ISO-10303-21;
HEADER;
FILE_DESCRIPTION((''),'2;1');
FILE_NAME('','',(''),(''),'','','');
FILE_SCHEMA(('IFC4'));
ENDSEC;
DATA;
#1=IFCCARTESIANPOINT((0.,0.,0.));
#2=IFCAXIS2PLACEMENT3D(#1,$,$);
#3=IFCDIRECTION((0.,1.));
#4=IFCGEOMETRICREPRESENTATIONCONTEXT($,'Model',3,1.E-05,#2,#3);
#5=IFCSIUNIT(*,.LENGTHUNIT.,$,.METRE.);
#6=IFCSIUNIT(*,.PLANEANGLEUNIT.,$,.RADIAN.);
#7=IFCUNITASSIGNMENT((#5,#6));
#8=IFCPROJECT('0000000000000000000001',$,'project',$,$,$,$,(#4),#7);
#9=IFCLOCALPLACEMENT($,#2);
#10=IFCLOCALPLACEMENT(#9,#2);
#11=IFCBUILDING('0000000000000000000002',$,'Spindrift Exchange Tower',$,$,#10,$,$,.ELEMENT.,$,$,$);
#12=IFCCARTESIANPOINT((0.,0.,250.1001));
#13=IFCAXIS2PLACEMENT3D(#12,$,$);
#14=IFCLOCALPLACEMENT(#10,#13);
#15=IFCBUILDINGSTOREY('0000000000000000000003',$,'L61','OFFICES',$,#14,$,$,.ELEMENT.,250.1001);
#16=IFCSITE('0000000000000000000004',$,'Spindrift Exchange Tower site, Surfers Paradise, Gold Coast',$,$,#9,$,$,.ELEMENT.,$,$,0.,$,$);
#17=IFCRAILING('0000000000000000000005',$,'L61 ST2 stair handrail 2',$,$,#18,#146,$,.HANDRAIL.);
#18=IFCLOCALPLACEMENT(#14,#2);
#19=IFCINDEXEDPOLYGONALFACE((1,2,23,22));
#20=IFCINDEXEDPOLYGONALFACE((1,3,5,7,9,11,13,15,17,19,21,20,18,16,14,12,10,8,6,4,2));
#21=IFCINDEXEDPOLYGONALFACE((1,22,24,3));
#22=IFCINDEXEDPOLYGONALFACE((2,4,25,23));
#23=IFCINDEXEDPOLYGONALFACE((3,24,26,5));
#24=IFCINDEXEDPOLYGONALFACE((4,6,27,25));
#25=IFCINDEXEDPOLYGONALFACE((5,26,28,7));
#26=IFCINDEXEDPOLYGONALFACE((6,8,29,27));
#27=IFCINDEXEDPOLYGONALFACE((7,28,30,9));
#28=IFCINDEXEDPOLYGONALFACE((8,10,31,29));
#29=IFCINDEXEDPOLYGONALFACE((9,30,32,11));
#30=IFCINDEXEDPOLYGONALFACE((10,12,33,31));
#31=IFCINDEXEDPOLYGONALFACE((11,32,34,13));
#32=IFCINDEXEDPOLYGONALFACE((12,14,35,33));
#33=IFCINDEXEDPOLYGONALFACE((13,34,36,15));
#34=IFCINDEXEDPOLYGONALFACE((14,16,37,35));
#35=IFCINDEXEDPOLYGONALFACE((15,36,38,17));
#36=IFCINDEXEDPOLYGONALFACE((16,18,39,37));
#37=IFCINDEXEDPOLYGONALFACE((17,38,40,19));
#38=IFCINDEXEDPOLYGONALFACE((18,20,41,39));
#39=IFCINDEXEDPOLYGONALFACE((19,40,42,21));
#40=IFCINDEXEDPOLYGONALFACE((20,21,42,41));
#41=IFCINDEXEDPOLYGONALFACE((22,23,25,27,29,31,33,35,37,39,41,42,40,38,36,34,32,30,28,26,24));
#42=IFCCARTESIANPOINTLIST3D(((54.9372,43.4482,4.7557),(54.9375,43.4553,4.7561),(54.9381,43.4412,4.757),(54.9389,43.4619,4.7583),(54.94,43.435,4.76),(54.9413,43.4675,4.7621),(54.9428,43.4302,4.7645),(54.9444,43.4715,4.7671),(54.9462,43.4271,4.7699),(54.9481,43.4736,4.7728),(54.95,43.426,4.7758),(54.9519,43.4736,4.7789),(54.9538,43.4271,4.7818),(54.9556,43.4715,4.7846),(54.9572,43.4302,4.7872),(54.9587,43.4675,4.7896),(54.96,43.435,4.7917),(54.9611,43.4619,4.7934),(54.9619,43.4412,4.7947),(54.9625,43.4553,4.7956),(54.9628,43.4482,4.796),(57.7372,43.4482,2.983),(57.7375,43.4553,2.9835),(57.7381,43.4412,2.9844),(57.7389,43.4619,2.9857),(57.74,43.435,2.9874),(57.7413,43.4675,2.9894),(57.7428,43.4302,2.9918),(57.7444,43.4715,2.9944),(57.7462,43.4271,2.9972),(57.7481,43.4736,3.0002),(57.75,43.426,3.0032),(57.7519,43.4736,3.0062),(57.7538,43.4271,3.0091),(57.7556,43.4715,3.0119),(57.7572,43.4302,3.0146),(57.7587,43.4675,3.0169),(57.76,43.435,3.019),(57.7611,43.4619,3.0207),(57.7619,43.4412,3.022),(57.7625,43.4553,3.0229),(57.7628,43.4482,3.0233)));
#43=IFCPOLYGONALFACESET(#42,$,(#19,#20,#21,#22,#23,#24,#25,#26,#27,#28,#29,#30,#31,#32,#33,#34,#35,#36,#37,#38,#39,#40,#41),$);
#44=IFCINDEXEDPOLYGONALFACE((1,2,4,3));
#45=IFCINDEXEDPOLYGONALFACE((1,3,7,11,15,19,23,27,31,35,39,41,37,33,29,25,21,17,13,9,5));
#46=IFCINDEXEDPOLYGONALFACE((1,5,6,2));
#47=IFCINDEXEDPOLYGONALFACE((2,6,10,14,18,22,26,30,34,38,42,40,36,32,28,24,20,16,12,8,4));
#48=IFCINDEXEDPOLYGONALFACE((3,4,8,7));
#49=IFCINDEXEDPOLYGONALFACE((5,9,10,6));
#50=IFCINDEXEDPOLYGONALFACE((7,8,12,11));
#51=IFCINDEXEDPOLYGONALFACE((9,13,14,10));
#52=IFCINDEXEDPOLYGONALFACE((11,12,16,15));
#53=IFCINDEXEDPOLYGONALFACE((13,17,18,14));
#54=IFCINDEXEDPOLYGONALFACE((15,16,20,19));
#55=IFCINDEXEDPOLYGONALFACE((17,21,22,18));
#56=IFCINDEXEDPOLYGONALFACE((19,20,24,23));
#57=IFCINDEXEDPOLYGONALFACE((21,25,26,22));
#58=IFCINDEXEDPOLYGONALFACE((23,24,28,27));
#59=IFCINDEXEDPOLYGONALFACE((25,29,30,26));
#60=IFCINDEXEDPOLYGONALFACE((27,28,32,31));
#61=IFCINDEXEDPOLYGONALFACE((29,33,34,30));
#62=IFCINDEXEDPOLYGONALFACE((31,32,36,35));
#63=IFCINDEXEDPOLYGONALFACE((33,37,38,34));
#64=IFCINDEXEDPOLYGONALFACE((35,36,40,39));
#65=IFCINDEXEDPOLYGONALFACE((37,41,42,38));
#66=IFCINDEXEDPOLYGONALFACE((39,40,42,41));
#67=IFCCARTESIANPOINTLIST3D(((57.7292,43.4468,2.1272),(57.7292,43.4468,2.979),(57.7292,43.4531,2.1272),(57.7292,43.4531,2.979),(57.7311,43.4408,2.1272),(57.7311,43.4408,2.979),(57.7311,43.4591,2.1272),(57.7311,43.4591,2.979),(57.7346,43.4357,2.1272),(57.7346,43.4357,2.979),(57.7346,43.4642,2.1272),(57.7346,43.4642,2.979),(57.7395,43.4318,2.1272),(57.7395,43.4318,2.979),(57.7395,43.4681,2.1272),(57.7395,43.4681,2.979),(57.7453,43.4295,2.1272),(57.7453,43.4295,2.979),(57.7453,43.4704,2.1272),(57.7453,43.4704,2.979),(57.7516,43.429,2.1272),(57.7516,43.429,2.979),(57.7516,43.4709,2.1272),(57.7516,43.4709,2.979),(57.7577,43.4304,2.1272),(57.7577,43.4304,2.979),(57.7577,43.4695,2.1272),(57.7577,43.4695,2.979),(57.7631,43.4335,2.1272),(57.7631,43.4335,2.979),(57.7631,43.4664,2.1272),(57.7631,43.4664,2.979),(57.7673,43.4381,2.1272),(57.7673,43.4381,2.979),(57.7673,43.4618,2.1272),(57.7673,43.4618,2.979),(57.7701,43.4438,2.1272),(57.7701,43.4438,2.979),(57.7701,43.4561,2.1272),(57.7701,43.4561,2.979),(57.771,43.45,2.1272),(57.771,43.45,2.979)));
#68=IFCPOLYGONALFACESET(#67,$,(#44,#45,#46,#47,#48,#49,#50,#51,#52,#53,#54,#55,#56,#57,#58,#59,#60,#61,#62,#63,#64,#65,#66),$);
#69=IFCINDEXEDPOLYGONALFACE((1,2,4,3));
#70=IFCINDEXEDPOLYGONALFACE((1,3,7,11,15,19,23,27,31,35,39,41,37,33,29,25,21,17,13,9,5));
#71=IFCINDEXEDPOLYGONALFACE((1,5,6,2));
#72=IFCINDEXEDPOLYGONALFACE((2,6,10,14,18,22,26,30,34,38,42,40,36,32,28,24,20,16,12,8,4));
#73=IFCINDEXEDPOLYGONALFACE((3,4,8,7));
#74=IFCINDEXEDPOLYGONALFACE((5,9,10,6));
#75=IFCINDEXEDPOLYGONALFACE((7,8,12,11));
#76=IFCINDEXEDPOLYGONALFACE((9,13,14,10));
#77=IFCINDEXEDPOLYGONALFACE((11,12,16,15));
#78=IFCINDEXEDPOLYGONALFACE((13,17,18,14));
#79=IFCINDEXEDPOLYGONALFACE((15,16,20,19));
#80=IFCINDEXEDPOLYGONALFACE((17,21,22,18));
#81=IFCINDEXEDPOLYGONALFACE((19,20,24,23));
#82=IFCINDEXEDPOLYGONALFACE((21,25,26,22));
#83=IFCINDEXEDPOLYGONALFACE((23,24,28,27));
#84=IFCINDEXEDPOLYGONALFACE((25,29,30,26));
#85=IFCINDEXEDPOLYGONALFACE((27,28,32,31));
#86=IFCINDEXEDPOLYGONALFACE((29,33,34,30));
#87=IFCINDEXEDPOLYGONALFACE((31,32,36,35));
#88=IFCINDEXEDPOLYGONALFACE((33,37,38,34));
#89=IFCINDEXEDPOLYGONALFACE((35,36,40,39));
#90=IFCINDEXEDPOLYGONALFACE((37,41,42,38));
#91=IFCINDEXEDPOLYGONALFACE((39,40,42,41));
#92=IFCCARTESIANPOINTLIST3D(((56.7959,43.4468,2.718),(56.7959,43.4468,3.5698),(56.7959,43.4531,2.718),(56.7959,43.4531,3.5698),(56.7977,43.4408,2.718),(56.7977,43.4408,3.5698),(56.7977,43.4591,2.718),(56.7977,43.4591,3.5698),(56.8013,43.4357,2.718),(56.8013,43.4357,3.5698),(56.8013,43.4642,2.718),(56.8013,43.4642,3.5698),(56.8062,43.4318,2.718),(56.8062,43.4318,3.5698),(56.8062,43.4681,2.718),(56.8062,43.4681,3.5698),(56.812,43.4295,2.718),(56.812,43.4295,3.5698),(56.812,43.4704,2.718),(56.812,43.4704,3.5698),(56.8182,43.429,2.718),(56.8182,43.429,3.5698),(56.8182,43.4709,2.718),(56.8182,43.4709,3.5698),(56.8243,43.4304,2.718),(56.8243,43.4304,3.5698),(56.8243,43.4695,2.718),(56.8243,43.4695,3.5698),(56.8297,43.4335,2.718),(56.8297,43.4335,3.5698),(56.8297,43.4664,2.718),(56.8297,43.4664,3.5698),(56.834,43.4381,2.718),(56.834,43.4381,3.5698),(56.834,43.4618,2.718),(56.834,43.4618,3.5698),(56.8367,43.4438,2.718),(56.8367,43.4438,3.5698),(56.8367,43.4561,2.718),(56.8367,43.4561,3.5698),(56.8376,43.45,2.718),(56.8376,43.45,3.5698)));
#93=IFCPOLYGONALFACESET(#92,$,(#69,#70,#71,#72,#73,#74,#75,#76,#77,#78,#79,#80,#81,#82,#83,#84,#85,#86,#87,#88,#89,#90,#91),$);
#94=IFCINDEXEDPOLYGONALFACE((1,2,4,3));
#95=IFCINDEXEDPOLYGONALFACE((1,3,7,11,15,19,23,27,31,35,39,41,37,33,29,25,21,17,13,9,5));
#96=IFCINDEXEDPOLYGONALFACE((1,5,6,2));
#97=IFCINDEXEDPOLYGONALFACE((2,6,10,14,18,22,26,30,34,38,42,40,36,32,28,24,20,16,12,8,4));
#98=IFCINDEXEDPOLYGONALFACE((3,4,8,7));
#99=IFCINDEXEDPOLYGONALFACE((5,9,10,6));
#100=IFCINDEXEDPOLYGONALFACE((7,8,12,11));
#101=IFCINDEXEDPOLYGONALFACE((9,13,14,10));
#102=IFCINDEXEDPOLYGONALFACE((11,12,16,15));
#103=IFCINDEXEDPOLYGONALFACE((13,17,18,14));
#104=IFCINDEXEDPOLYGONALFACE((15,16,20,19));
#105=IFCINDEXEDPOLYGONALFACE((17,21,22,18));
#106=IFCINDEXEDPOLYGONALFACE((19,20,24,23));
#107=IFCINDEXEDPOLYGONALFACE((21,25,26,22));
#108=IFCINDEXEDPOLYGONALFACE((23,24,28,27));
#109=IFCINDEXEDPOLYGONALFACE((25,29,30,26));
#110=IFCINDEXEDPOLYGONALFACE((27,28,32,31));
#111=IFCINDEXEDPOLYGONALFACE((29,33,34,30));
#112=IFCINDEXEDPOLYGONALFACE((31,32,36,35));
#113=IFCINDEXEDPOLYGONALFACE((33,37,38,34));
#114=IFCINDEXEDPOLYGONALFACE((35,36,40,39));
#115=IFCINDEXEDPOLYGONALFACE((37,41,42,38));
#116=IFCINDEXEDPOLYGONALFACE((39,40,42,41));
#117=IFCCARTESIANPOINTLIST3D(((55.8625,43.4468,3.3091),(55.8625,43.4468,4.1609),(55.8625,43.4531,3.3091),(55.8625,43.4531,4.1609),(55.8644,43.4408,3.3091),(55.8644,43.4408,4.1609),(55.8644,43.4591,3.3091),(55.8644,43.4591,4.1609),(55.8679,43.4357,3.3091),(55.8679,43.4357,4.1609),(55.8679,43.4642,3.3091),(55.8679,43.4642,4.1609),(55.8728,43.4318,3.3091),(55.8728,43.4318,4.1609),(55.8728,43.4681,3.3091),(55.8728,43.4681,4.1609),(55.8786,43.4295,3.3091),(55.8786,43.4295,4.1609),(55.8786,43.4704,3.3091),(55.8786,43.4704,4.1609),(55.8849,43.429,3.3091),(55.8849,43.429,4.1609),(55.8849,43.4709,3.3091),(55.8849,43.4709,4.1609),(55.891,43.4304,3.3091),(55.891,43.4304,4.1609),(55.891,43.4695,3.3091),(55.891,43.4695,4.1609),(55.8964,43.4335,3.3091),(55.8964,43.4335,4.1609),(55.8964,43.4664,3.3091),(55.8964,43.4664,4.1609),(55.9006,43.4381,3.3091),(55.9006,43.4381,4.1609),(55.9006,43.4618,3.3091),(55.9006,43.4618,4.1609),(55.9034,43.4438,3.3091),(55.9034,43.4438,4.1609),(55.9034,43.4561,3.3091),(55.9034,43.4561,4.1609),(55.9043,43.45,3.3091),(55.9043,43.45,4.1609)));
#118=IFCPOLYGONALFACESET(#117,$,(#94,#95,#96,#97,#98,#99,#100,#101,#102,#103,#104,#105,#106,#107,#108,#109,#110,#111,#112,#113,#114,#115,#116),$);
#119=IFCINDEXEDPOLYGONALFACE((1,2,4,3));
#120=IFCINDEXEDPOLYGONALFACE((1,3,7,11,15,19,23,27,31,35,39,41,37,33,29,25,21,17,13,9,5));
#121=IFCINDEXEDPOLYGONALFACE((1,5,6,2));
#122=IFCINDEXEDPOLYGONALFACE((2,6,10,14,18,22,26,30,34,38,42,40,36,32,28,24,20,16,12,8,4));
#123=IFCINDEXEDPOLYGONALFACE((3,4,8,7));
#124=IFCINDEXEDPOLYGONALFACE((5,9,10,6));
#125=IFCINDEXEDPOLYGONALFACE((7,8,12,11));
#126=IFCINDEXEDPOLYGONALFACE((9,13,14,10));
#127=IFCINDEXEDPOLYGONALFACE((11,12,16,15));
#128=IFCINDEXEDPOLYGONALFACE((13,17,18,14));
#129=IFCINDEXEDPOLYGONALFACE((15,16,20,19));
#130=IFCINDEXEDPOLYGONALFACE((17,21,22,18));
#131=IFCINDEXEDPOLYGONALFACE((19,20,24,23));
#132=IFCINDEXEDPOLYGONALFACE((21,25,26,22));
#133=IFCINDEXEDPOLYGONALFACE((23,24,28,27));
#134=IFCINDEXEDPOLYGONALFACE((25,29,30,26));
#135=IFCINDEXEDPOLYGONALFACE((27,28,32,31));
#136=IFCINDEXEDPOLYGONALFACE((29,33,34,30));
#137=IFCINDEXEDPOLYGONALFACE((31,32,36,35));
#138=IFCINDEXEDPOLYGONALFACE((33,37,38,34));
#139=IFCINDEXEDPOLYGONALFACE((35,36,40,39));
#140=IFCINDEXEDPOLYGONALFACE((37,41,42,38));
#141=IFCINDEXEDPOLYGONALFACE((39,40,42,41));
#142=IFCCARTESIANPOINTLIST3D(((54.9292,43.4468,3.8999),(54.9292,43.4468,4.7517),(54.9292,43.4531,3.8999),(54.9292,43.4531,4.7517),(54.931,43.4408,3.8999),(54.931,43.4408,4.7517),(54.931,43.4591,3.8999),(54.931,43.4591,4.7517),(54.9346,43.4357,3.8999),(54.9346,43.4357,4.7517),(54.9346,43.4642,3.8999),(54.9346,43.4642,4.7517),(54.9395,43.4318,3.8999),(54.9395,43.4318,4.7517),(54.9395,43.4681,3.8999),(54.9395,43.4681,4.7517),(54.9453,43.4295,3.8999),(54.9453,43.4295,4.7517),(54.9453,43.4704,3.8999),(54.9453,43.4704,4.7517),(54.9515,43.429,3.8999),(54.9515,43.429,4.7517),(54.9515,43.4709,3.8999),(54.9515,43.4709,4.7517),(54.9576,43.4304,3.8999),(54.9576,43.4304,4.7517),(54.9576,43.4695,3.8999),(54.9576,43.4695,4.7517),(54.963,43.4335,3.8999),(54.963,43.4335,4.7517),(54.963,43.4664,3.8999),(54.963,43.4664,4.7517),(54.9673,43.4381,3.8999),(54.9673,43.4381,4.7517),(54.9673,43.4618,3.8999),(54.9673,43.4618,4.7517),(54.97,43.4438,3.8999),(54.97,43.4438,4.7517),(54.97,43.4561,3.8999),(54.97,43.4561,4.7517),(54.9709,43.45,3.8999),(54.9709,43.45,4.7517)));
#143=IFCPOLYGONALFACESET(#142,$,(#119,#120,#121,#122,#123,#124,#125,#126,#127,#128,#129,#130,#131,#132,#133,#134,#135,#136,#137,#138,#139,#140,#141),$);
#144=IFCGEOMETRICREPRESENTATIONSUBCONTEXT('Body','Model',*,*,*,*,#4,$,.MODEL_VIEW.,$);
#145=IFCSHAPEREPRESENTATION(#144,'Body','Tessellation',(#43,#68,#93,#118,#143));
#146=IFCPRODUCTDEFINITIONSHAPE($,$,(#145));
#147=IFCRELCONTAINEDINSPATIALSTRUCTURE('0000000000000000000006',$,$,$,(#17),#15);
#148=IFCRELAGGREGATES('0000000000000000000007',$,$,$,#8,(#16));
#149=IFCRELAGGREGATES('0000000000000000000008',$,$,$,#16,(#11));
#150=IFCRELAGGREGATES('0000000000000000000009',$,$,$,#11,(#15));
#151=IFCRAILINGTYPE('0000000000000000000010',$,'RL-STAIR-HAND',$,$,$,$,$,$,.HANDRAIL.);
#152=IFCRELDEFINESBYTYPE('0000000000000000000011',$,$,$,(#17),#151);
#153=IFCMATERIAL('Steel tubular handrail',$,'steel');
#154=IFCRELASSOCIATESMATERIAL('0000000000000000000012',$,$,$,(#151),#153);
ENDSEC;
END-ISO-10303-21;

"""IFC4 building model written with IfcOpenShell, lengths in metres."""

from ifc_helpers import new_model, si_unit, direction, frame, origin, origin_2d, place, context, subcontext, project, spatial, circle, extrude, material, type_object, element, save


model = new_model("IFC4")

# Units and contexts
model_context = context("Model", 3, precision=1e-05, world=origin(), true_north=direction((0.0, 1.0)))
body_context = subcontext(model_context, "Body", "Model", "MODEL_VIEW")
ifc_project = project(units=[si_unit("LENGTHUNIT", "METRE"), si_unit("PLANEANGLEUNIT", "RADIAN")], contexts=[model_context])

# Site, building, storey
site_placement = place(None, origin())
site = spatial("IfcSite", under=ifc_project, at=site_placement, Name="Spindrift Exchange Tower site, Surfers Paradise, Gold Coast", CompositionType="ELEMENT", RefElevation=0.0)
building_placement = place(site_placement, origin())
building = spatial("IfcBuilding", under=site, at=building_placement, Name="Spindrift Exchange Tower", CompositionType="ELEMENT")
storey_placement = place(building_placement, frame((0.0, 0.0, 250.1001)))
storey = spatial("IfcBuildingStorey", under=building, at=storey_placement, Name="L61", Description="OFFICES", CompositionType="ELEMENT", Elevation=250.1001)

# Railing
ifc_material_1 = material(Name="Steel tubular handrail", Category="steel")
railing_type_1 = type_object("IfcRailingType", Name="RL-STAIR-HAND", PredefinedType="HANDRAIL", material=ifc_material_1)
railing_1_placement = place(storey_placement, frame((57.75, 43.45, 2.1272)))
element("IfcRailing", 1, at=railing_1_placement, inside=storey, type_object=railing_type_1, Name="L61 ST2 stair handrail 2", PredefinedType="HANDRAIL", context=body_context, shape_type="SweptSolid", body=[
    extrude(circle(Radius=0.0239, at=origin_2d()), frame((0.0, 0.0, 0.876), z_axis=(-0.844909, 0.0, 0.53491), x_axis=(0.0, -1.0, 0.0)), (0.0, 0.0, 1.0), 3.314),
    extrude(circle(Radius=0.021, at=origin_2d()), origin(), (0.0, 0.0, 1.0), 0.8518),
    extrude(circle(Radius=0.021, at=origin_2d()), frame((-0.9333, 0.0, 0.5908)), (0.0, 0.0, 1.0), 0.8518),
    extrude(circle(Radius=0.021, at=origin_2d()), frame((-1.8667, 0.0, 1.1819)), (0.0, 0.0, 1.0), 0.8518),
    extrude(circle(Radius=0.021, at=origin_2d()), frame((-2.8, 0.0, 1.7727)), (0.0, 0.0, 1.0), 0.8518),
])

save(model, "model.ifc")
